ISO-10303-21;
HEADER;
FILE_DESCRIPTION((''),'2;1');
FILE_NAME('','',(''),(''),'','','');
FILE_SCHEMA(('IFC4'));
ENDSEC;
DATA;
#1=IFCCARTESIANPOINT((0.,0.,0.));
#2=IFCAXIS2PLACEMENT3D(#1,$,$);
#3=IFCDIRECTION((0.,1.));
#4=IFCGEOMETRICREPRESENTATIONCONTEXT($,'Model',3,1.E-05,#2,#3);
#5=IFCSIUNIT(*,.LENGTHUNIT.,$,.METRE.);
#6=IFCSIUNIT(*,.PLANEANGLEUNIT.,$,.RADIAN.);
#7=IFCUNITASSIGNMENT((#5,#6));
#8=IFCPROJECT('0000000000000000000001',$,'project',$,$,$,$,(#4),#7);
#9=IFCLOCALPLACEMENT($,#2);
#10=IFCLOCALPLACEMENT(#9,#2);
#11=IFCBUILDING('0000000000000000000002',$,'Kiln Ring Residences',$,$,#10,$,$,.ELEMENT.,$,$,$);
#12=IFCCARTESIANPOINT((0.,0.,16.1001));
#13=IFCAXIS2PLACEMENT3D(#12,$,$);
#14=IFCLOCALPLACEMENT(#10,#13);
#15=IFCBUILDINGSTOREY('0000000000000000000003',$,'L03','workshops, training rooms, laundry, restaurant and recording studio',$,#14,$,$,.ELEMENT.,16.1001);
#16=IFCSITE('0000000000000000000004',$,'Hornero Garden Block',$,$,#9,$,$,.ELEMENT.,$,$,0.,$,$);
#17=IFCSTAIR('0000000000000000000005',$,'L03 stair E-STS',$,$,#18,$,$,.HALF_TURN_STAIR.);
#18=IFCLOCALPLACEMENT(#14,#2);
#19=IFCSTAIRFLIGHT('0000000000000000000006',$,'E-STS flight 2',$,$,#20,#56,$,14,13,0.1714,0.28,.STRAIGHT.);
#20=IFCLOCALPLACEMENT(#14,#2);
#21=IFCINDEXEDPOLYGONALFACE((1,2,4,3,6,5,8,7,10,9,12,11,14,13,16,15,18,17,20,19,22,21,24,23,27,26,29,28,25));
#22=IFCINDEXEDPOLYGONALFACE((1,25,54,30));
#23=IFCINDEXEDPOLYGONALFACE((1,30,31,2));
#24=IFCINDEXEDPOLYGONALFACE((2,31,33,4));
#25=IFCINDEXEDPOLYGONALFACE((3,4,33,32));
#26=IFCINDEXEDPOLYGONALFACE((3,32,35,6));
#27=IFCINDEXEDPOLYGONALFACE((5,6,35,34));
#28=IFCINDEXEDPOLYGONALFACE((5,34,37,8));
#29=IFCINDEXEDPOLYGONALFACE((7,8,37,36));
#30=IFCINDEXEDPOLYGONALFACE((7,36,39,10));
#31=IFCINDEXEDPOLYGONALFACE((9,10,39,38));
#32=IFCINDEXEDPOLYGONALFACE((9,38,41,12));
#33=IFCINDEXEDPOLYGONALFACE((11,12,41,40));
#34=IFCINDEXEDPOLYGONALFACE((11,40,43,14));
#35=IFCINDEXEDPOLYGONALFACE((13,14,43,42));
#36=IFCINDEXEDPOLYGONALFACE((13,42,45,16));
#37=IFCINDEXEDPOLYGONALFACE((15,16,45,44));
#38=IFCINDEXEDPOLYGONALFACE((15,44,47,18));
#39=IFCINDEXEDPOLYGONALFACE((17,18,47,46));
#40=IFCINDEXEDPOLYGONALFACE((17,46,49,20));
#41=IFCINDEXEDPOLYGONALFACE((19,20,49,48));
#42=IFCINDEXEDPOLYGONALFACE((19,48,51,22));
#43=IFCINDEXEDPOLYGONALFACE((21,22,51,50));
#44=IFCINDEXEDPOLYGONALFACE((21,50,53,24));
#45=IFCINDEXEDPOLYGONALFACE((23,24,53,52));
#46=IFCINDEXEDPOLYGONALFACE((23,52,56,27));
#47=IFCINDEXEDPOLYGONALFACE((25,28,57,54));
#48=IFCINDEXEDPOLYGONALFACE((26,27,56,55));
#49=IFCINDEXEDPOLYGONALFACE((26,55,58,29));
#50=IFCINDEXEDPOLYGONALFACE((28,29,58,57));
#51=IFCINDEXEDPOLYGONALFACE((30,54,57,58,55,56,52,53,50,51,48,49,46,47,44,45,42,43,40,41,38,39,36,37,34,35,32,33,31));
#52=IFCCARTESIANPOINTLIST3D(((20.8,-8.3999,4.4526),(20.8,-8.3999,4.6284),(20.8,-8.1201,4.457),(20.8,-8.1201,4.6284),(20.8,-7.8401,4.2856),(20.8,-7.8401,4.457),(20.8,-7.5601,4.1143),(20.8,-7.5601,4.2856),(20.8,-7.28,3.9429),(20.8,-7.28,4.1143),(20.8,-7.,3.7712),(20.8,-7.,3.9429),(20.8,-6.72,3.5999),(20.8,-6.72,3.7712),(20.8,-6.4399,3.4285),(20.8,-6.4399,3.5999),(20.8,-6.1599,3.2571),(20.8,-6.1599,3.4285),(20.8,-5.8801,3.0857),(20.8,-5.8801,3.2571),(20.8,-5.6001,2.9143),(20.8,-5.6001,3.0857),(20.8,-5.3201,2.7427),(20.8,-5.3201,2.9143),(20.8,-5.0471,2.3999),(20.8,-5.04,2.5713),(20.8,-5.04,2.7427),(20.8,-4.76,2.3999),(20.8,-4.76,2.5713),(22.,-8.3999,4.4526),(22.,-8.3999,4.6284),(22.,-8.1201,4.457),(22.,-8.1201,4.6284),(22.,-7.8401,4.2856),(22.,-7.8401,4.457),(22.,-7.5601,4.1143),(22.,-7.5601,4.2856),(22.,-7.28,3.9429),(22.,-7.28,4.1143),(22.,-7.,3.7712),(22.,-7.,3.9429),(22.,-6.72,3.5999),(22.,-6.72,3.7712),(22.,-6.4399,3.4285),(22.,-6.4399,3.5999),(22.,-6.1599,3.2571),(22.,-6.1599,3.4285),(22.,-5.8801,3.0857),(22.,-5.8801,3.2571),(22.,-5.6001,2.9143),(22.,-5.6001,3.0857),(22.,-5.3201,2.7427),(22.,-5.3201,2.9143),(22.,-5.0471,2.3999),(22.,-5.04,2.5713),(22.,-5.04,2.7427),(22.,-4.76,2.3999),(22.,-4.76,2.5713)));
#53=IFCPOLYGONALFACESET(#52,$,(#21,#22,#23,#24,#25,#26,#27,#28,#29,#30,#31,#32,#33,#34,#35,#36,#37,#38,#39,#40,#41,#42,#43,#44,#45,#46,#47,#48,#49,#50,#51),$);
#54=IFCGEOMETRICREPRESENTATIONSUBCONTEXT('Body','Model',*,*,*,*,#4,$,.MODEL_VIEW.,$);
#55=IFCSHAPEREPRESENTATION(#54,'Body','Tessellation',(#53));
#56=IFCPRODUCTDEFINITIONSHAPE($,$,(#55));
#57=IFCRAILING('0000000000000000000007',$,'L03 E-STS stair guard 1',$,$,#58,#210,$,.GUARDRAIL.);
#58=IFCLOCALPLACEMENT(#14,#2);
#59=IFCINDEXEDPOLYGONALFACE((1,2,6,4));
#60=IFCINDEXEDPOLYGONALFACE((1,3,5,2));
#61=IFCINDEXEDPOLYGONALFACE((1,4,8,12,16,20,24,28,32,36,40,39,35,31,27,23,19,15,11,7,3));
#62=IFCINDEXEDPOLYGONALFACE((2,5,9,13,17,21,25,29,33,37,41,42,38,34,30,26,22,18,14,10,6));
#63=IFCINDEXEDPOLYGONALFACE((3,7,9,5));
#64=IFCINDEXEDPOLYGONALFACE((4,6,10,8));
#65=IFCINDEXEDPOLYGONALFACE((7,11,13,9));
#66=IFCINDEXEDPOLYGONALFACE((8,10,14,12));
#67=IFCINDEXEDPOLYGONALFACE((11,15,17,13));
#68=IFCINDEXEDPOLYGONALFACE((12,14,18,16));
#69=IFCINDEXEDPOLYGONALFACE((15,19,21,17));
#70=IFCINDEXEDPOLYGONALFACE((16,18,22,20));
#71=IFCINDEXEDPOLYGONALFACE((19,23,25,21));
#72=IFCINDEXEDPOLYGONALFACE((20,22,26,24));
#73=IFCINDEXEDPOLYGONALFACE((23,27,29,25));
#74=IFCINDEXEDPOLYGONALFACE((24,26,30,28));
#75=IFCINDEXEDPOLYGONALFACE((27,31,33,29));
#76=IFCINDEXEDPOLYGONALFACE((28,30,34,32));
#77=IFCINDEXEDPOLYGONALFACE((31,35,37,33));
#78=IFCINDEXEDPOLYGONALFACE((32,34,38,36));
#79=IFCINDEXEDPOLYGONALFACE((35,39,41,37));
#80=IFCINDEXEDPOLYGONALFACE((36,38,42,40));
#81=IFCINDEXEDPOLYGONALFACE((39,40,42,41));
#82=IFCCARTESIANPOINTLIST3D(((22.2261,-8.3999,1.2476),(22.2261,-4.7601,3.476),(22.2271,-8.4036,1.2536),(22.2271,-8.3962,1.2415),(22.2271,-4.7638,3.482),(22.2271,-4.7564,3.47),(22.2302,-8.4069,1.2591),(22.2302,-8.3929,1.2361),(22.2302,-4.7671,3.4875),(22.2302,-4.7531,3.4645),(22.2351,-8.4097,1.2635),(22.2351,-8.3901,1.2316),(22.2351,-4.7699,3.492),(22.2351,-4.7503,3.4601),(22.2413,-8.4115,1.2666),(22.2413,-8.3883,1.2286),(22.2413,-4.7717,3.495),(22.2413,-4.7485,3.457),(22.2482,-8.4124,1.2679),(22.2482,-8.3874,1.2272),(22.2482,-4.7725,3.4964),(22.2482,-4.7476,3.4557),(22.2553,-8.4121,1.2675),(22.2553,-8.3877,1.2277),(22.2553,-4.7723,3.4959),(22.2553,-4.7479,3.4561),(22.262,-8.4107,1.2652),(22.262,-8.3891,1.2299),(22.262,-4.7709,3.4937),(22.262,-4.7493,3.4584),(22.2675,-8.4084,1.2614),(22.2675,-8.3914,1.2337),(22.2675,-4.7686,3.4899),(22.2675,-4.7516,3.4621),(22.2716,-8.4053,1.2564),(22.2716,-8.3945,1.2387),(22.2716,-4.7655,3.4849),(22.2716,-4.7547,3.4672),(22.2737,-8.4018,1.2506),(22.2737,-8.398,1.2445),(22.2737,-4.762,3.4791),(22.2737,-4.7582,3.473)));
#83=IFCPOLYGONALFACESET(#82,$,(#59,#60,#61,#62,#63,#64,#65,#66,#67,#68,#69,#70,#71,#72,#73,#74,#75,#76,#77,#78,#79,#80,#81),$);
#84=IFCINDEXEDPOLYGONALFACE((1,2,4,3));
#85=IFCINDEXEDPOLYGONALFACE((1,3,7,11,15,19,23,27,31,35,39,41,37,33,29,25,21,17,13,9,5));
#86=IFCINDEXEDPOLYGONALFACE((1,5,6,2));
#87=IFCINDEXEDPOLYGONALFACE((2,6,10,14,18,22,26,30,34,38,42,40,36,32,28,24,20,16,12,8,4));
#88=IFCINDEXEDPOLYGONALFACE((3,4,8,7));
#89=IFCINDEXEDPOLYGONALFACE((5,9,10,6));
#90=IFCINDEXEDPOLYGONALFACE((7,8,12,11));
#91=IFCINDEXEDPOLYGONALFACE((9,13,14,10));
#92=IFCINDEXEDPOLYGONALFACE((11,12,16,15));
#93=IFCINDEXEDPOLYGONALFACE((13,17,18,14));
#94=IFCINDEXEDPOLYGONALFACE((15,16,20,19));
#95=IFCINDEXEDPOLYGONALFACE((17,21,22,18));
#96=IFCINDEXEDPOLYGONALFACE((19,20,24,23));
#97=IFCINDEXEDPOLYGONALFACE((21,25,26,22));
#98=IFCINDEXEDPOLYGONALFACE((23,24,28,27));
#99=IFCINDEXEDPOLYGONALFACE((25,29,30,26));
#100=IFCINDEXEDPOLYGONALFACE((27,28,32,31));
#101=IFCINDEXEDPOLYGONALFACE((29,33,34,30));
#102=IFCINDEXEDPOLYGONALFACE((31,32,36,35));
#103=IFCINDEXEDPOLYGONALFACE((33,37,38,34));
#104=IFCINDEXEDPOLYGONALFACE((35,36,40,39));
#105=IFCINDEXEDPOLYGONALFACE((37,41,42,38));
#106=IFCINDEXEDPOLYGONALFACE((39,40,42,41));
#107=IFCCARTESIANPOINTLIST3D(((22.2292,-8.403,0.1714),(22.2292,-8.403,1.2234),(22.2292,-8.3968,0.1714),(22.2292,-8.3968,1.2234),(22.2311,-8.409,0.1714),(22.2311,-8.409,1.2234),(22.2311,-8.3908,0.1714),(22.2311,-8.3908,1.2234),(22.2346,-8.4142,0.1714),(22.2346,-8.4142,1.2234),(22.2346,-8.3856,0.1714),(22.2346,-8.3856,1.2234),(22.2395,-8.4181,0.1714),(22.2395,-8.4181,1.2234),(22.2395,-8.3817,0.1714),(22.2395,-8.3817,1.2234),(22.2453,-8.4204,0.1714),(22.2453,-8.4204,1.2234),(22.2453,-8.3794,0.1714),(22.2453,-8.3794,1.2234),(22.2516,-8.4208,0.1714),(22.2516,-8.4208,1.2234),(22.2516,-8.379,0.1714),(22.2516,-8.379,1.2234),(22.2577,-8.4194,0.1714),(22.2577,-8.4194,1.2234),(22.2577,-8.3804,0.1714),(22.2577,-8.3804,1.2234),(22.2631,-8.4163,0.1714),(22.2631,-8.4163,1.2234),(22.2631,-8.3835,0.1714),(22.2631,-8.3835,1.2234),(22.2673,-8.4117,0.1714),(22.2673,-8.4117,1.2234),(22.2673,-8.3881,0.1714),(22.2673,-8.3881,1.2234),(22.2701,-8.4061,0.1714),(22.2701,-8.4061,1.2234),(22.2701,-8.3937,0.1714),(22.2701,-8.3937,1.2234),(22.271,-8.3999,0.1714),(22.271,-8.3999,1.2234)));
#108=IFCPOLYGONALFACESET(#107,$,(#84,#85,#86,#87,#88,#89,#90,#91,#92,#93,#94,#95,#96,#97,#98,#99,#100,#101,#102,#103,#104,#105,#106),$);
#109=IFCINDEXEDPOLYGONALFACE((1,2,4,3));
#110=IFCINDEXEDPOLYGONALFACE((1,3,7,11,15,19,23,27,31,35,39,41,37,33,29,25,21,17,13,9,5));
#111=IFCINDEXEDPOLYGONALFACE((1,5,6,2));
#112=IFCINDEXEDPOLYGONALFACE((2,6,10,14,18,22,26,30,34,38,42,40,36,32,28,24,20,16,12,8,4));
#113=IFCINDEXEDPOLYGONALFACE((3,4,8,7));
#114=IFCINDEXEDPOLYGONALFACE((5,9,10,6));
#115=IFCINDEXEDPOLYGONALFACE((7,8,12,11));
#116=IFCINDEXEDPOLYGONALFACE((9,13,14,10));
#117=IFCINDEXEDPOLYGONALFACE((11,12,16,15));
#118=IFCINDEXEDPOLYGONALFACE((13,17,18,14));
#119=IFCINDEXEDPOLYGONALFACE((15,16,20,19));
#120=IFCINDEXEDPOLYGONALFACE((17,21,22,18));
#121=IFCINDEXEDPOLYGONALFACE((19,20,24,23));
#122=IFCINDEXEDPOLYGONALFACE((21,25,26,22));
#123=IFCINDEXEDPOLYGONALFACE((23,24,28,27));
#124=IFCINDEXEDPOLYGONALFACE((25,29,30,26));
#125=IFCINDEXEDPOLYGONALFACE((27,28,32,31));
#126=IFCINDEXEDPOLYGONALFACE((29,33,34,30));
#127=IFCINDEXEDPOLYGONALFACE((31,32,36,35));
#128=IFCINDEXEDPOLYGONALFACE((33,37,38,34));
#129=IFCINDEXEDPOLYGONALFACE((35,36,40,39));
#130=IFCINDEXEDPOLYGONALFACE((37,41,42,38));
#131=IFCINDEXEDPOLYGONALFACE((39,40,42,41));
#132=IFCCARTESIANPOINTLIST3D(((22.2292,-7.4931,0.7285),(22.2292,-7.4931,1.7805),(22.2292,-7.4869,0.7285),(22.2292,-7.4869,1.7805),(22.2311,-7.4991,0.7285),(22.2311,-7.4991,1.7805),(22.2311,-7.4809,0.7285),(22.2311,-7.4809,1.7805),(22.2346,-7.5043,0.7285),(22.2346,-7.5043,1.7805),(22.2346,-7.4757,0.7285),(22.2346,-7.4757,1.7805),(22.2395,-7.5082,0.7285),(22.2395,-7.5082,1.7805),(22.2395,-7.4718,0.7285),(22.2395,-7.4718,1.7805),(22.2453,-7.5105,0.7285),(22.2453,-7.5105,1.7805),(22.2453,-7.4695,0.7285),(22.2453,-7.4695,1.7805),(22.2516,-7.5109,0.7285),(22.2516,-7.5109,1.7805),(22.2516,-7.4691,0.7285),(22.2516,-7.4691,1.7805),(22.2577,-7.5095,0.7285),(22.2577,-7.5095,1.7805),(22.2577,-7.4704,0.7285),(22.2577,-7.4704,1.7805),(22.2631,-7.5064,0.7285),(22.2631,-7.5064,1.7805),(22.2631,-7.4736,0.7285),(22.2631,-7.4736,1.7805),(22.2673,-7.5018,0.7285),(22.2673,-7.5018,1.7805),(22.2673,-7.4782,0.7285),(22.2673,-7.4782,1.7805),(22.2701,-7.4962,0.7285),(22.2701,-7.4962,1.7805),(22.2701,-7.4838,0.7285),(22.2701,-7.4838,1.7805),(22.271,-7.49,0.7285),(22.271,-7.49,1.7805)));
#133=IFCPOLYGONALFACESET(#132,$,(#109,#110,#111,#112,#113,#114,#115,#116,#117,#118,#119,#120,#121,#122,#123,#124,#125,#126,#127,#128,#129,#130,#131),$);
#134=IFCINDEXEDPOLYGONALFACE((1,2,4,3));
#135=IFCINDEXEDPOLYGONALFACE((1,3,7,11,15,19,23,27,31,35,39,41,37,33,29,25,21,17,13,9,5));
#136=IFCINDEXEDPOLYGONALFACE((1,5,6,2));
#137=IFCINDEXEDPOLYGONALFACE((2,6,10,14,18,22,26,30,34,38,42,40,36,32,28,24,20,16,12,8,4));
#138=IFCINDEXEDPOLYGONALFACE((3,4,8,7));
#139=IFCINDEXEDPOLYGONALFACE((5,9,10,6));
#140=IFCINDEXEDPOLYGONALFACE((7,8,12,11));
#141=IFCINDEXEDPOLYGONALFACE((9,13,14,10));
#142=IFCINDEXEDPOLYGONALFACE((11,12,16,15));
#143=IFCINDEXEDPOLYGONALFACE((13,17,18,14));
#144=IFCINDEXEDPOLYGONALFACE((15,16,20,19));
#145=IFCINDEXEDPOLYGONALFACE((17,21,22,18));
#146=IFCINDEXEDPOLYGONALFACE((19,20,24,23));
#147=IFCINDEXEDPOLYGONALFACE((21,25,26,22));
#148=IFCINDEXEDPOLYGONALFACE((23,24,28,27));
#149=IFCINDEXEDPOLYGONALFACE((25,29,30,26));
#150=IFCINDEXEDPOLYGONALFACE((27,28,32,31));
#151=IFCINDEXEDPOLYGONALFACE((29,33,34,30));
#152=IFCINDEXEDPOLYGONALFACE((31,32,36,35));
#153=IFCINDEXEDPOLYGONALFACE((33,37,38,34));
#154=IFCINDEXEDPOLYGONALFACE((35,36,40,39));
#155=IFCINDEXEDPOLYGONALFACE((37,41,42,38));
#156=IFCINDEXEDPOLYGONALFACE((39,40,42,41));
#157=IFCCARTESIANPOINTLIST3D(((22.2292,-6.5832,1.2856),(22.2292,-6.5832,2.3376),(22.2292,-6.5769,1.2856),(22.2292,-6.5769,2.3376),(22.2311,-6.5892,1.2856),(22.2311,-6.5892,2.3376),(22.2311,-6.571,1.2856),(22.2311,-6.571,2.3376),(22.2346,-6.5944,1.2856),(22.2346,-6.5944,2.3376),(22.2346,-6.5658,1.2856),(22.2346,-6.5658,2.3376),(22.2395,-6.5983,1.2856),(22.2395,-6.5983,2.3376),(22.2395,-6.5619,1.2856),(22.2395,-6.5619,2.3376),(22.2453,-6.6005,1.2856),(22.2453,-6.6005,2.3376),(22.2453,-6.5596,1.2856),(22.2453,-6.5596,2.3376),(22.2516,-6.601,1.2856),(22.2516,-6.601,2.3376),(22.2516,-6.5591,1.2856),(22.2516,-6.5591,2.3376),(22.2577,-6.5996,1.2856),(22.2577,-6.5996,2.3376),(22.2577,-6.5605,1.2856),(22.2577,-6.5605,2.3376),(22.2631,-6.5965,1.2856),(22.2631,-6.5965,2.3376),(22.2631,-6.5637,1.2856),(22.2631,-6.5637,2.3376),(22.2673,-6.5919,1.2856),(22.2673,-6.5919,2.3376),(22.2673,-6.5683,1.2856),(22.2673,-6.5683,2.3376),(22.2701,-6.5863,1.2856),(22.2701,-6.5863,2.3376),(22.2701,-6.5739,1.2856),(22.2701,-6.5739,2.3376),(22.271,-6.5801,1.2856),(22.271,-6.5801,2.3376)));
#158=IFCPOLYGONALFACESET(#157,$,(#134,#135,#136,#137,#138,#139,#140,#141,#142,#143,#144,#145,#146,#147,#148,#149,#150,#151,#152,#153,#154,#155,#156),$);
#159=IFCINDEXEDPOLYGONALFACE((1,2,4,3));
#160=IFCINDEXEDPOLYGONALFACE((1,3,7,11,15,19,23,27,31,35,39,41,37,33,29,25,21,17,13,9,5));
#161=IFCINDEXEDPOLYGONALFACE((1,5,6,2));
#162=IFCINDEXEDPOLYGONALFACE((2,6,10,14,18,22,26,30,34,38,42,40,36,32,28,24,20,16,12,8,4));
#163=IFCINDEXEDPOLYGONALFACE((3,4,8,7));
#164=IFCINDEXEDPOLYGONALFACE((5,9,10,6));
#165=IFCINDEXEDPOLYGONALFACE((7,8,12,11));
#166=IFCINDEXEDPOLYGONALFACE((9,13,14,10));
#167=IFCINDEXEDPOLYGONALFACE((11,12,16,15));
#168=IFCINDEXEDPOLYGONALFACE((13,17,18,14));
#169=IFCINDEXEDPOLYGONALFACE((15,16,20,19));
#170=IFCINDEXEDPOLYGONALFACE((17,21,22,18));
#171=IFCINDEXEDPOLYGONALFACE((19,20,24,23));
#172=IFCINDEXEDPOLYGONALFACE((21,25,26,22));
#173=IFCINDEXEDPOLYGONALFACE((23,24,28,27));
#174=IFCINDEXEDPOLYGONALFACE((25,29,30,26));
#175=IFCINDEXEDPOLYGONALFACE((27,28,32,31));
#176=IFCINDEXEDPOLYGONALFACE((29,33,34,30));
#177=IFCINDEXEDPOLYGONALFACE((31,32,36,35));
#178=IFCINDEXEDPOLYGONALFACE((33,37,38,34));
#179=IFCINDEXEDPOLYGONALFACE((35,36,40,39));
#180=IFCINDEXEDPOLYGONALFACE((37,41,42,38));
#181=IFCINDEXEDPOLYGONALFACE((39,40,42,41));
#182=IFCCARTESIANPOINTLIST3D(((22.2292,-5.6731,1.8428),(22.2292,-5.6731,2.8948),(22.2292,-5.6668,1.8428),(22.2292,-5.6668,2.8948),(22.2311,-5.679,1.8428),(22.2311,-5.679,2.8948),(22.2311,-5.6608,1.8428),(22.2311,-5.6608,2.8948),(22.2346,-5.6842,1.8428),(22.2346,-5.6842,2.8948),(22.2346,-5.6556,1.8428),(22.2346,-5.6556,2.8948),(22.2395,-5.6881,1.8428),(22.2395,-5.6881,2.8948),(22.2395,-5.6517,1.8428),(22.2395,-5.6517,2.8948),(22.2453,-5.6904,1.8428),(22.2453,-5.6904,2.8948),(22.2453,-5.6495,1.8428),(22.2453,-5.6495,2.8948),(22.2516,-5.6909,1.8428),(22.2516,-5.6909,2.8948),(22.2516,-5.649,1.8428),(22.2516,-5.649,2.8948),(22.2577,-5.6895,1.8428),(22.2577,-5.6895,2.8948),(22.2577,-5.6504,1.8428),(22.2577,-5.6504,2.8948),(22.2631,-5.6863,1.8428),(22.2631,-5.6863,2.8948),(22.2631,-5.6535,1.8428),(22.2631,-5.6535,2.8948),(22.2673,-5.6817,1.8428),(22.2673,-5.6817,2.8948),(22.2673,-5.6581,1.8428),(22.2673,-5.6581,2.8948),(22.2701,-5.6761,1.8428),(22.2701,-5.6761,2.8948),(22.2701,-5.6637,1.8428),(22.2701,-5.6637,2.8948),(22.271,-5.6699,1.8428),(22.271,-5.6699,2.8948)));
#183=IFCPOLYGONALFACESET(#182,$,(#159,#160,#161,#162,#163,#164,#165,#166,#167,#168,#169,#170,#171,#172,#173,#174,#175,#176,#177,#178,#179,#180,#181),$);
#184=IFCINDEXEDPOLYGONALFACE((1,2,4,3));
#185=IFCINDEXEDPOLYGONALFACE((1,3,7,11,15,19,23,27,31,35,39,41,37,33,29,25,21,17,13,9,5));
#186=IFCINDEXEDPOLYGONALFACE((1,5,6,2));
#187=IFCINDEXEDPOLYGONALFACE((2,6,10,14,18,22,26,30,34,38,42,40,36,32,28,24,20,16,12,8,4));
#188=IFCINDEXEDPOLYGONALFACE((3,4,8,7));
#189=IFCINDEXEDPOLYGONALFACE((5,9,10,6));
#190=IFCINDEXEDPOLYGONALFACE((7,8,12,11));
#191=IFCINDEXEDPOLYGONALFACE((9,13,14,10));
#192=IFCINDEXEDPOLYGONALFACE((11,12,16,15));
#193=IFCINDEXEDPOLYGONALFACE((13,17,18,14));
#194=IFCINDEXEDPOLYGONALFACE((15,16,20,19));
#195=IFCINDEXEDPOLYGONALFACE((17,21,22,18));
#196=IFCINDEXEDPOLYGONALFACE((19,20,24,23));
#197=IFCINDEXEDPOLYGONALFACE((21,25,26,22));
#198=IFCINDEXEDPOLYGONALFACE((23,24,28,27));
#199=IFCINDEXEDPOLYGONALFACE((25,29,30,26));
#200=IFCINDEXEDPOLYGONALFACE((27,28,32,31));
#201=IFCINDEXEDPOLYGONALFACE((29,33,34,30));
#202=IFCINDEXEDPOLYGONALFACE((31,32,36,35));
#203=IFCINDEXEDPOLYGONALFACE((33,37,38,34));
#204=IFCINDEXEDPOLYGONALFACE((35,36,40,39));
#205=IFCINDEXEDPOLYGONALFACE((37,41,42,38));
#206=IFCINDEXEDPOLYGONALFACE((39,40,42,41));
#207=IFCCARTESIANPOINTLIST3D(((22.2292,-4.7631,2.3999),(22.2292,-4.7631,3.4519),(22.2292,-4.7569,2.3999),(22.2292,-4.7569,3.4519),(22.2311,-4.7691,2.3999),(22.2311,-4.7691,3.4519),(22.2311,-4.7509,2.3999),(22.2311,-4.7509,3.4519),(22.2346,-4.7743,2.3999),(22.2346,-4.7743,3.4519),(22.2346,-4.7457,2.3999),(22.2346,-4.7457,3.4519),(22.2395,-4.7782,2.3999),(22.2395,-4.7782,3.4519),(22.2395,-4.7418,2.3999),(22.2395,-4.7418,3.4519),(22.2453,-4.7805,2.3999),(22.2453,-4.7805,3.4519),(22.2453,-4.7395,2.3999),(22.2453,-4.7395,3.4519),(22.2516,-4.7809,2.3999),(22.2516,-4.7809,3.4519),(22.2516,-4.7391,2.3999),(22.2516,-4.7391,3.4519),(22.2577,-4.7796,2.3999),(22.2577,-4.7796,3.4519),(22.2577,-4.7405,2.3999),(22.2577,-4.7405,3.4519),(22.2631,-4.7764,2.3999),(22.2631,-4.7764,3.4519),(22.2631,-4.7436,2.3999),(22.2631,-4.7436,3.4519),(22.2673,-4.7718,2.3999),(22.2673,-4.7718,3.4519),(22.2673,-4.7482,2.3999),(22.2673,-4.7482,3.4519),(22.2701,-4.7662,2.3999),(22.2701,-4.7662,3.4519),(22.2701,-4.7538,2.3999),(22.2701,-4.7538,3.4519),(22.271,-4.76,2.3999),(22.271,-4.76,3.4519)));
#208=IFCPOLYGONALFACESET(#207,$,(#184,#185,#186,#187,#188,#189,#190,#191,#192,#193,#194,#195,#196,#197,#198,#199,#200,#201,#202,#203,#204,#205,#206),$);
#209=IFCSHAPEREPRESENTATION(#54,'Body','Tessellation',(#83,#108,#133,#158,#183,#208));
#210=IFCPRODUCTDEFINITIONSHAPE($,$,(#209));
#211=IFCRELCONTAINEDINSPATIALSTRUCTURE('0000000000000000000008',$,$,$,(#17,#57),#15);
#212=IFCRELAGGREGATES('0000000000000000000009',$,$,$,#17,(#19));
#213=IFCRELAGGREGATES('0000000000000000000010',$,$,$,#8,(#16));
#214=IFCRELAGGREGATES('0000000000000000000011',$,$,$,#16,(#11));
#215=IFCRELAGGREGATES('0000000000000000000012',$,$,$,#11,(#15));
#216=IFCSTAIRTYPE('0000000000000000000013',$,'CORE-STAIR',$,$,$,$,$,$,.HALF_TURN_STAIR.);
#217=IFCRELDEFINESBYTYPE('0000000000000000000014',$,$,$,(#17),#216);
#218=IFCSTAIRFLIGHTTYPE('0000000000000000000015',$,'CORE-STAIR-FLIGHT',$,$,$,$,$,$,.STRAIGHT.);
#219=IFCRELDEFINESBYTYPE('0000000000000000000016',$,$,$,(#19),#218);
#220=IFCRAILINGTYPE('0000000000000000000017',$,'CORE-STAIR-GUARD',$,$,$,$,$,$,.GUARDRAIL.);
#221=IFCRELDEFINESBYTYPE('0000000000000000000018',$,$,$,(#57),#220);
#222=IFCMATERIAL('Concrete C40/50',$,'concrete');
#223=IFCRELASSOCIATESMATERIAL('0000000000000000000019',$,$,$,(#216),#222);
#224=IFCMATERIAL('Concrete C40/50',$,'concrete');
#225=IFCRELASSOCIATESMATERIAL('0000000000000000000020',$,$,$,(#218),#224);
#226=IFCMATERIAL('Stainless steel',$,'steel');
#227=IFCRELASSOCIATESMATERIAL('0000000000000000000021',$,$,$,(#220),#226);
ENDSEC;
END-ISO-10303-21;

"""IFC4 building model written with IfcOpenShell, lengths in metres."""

from ifc_helpers import new_model, si_unit, direction, frame, origin, origin_2d, place, context, subcontext, project, spatial, polyline, circle, outline, extrude, material, type_object, element, aggregate, save


model = new_model("IFC4")

# Units and contexts
model_context = context("Model", 3, precision=1e-05, world=origin(), true_north=direction((0.0, 1.0)))
body_context = subcontext(model_context, "Body", "Model", "MODEL_VIEW")
ifc_project = project(units=[si_unit("LENGTHUNIT", "METRE"), si_unit("PLANEANGLEUNIT", "RADIAN")], contexts=[model_context])

# Site, building, storey
site_placement = place(None, origin())
site = spatial("IfcSite", under=ifc_project, at=site_placement, Name="Hornero Garden Block", CompositionType="ELEMENT", RefElevation=0.0)
building_placement = place(site_placement, origin())
building = spatial("IfcBuilding", under=site, at=building_placement, Name="Kiln Ring Residences", CompositionType="ELEMENT")
storey_placement = place(building_placement, frame((0.0, 0.0, 16.1001)))
storey = spatial("IfcBuildingStorey", under=building, at=storey_placement, Name="L03", Description="workshops, training rooms, laundry, restaurant and recording studio", CompositionType="ELEMENT", Elevation=16.1001)

# Stair, stair flight
ifc_material_1 = material(Name="Concrete C40/50", Category="concrete")
stair_type = type_object("IfcStairType", Name="CORE-STAIR", PredefinedType="HALF_TURN_STAIR", material=ifc_material_1)
stair_placement = place(storey_placement, origin())
stair = element("IfcStair", 1, at=stair_placement, inside=storey, type_object=stair_type, Name="L03 stair E-STS", PredefinedType="HALF_TURN_STAIR")
ifc_material_2 = material(Name="Concrete C40/50", Category="concrete")
stair_flight_type = type_object("IfcStairFlightType", Name="CORE-STAIR-FLIGHT", PredefinedType="STRAIGHT", material=ifc_material_2)
stair_flight_1_placement = place(storey_placement, frame((21.3999, -4.76, 2.3999), z_axis=(0.0, 0.0, 1.0), x_axis=(0.0, -1.0, 0.0)))
stair_flight_1 = element("IfcStairFlight", 2, at=stair_flight_1_placement, type_object=stair_flight_type, Name="E-STS flight 2", NumberOfRisers=14, NumberOfTreads=13, PredefinedType="STRAIGHT", RiserHeight=0.1714, TreadLength=0.28, context=body_context, shape_type="SweptSolid", body=[
    extrude(outline(polyline([(0.0, 0.0), (0.0, 0.1714), (0.28, 0.1714), (0.28, 0.3428), (0.5601, 0.3428), (0.5601, 0.5144), (0.8401, 0.5144), (0.8401, 0.6858), (1.1201, 0.6858), (1.1201, 0.8572), (1.3999, 0.8572), (1.3999, 1.0286), (1.6799, 1.0286), (1.6799, 1.2), (1.96, 1.2), (1.96, 1.3713), (2.24, 1.3713), (2.24, 1.543), (2.52, 1.543), (2.52, 1.7144), (2.8, 1.7144), (2.8, 1.8857), (3.0801, 1.8857), (3.0801, 2.0571), (3.3601, 2.0571), (3.3601, 2.2285), (3.6399, 2.2285), (3.6399, 2.3999), (3.6399, 2.0527), (0.2871, 0.0), (0.0, 0.0)])), frame((0.0, 0.6001, 0.0), z_axis=(0.0, -1.0, 0.0), x_axis=(1.0, 0.0, 0.0)), (0.0, 0.0, 1.0), 1.2),
])
aggregate(stair, [stair_flight_1])

# Railing
ifc_material_3 = material(Name="Stainless steel", Category="steel")
railing_type_1 = type_object("IfcRailingType", Name="CORE-STAIR-GUARD", PredefinedType="GUARDRAIL", material=ifc_material_3)
railing_1_placement = place(storey_placement, frame((22.25, -8.3999, 0.1714)))
element("IfcRailing", 3, at=railing_1_placement, inside=storey, type_object=railing_type_1, Name="L03 E-STS stair guard 1", PredefinedType="GUARDRAIL", context=body_context, shape_type="SweptSolid", body=[
    extrude(circle(Radius=0.0239, at=origin_2d()), frame((0.0, 0.0, 1.0762), z_axis=(0.0, 0.85285, 0.522156), x_axis=(-1.0, 0.0, 0.0)), (0.0, 0.0, 1.0), 4.2678),
    extrude(circle(Radius=0.021, at=origin_2d()), origin(), (0.0, 0.0, 1.0), 1.052),
    extrude(circle(Radius=0.021, at=origin_2d()), frame((0.0, 0.9099, 0.5571)), (0.0, 0.0, 1.0), 1.052),
    extrude(circle(Radius=0.021, at=origin_2d()), frame((0.0, 1.8198, 1.1143)), (0.0, 0.0, 1.0), 1.052),
    extrude(circle(Radius=0.021, at=origin_2d()), frame((0.0, 2.73, 1.6714)), (0.0, 0.0, 1.0), 1.052),
    extrude(circle(Radius=0.021, at=origin_2d()), frame((0.0, 3.6399, 2.2285)), (0.0, 0.0, 1.0), 1.052),
])

save(model, "model.ifc")
